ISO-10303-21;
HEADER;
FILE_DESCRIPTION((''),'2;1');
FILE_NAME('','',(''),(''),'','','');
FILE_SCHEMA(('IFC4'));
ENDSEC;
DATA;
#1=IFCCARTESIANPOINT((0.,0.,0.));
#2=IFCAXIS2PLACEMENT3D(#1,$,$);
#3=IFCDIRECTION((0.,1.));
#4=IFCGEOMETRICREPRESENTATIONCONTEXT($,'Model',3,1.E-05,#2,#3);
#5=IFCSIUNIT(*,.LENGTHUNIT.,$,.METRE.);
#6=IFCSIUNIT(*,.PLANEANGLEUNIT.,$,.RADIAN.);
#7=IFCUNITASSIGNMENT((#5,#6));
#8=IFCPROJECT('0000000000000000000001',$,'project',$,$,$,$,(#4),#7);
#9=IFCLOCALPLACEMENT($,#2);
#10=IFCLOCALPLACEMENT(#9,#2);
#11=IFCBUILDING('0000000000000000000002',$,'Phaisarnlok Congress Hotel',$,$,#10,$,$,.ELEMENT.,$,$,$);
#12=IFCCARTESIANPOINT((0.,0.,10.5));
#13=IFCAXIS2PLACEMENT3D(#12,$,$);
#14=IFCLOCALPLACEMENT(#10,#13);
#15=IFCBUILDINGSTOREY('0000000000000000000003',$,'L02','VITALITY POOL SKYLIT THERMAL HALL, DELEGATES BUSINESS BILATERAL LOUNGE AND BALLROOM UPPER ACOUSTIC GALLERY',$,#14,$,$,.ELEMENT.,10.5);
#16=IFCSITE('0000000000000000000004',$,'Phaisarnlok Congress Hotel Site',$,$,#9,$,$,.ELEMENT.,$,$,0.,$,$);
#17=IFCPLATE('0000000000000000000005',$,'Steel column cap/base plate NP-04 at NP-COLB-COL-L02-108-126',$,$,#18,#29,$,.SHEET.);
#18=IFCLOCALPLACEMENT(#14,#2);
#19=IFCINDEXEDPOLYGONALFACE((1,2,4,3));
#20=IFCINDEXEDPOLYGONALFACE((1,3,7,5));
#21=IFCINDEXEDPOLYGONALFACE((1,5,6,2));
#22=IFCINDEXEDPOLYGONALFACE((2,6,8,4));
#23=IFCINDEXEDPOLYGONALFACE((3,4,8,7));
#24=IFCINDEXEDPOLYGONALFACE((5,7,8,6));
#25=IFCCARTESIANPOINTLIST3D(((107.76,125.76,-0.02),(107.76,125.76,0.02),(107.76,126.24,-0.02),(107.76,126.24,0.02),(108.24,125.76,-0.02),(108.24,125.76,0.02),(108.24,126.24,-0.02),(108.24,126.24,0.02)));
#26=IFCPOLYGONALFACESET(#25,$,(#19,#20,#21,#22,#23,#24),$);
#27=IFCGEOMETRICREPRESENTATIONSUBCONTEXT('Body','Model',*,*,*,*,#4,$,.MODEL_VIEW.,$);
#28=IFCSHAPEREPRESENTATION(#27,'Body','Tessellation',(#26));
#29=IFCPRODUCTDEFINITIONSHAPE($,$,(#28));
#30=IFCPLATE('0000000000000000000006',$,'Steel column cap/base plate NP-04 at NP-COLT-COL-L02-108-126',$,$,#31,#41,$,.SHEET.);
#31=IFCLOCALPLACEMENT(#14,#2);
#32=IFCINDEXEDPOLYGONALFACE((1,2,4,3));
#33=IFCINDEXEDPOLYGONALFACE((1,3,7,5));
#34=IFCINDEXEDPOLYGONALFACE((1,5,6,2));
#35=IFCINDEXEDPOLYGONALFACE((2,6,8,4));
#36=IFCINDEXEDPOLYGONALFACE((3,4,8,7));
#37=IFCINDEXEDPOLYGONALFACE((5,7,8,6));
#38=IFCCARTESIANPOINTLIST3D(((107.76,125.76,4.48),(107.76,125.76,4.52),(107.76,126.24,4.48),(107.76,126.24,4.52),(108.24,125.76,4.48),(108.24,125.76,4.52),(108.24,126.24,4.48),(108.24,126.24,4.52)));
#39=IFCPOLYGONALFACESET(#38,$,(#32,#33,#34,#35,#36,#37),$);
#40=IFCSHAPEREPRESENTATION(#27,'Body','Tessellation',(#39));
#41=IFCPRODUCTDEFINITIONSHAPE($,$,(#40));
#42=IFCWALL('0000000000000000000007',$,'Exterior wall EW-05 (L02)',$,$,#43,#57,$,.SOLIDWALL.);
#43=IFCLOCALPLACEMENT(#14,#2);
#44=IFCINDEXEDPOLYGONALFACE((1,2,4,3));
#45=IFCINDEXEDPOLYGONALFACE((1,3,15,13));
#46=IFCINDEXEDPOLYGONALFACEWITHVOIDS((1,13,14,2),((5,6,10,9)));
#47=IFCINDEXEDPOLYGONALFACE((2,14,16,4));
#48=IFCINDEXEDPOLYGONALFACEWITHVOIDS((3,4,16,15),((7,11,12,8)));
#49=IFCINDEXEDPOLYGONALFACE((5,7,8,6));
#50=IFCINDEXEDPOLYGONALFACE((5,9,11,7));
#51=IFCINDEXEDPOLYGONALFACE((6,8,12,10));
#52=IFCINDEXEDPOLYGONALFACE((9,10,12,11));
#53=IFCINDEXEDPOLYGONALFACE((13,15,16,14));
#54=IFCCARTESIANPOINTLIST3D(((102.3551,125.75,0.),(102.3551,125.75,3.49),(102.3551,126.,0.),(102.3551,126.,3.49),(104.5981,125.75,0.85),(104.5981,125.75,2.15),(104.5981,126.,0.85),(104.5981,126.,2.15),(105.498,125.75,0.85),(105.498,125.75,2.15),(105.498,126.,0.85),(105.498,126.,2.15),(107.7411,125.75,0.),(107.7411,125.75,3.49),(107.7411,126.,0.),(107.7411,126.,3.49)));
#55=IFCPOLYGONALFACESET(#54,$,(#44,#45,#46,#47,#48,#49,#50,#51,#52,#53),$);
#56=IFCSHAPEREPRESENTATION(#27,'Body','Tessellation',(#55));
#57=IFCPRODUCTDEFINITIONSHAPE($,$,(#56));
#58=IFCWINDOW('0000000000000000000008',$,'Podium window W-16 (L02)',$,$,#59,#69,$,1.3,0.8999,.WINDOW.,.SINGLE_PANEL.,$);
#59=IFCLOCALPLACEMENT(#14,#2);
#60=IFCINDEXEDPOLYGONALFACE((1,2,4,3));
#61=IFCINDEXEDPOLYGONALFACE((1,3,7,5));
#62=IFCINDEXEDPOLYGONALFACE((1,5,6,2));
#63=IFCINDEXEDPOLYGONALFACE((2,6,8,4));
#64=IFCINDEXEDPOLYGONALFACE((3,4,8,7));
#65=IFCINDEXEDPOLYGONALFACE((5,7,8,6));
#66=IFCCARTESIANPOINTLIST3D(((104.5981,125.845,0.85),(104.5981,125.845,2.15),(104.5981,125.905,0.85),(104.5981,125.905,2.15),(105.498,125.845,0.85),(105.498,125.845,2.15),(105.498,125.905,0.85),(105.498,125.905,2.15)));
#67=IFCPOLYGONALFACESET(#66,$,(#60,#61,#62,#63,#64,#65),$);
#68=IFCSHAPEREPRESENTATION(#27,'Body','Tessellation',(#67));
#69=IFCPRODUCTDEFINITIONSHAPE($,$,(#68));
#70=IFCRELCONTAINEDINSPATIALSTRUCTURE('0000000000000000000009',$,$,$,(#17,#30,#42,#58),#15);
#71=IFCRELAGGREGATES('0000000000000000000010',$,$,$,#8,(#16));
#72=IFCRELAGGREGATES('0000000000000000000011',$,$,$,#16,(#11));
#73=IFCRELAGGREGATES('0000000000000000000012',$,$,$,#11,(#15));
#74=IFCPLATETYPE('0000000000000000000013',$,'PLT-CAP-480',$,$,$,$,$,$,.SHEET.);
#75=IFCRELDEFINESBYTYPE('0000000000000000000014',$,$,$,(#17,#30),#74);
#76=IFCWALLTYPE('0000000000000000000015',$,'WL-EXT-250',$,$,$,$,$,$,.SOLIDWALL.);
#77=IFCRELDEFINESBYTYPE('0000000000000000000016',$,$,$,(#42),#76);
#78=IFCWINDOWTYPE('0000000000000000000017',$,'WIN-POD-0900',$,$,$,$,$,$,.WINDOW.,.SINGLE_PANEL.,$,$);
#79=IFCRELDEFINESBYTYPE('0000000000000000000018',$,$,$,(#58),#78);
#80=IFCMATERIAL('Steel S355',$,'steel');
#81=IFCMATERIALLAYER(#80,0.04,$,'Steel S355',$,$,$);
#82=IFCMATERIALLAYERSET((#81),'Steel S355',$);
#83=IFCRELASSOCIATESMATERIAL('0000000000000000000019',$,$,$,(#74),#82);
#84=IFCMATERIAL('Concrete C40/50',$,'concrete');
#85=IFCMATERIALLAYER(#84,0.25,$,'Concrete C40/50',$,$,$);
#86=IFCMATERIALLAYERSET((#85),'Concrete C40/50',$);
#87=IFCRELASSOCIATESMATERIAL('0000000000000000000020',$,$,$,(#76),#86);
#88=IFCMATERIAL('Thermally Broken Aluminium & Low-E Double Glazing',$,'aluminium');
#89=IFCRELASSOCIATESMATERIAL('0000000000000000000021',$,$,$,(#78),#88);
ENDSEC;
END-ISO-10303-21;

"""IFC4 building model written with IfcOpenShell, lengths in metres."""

from ifc_helpers import new_model, si_unit, direction, frame, frame_2d, origin, origin_2d, place, context, subcontext, project, spatial, rectangle, extrude, material, layer, layer_set, type_object, element, fill, save


model = new_model("IFC4")

# Units and contexts
model_context = context("Model", 3, precision=1e-05, world=origin(), true_north=direction((0.0, 1.0)))
body_context = subcontext(model_context, "Body", "Model", "MODEL_VIEW")
ifc_project = project(units=[si_unit("LENGTHUNIT", "METRE"), si_unit("PLANEANGLEUNIT", "RADIAN")], contexts=[model_context])

# Site, building, storey
site_placement = place(None, origin())
site = spatial("IfcSite", under=ifc_project, at=site_placement, Name="Phaisarnlok Congress Hotel Site", CompositionType="ELEMENT", RefElevation=0.0)
building_placement = place(site_placement, origin())
building = spatial("IfcBuilding", under=site, at=building_placement, Name="Phaisarnlok Congress Hotel", CompositionType="ELEMENT")
storey_placement = place(building_placement, frame((0.0, 0.0, 10.5)))
storey = spatial("IfcBuildingStorey", under=building, at=storey_placement, Name="L02", Description="VITALITY POOL SKYLIT THERMAL HALL, DELEGATES BUSINESS BILATERAL LOUNGE AND BALLROOM UPPER ACOUSTIC GALLERY", CompositionType="ELEMENT", Elevation=10.5)

# Shared definitions
ifc_material_1 = material(Name="Steel S355", Category="steel")

# Shared definitions
ifc_material_2 = material(Name="Concrete C40/50", Category="concrete")

# Plates
ifc_layer_1 = layer(ifc_material_1, 0.04, Name="Steel S355")
ifc_layer_set_1 = layer_set([ifc_layer_1], Name="Steel S355")
plate_type_1 = type_object("IfcPlateType", Name="PLT-CAP-480", PredefinedType="SHEET", material=ifc_layer_set_1)
for number, where, z_axis, x_axis, name in (
    (1, (108.0, 126.0, -0.02), (0.0, 0.0, 1.0), (1.0, 0.0, 0.0), "Steel column cap/base plate NP-04 at NP-COLB-COL-L02-108-126"),
    (2, (108.0, 126.0, 4.48), (0.0, 0.0, 1.0), (1.0, 0.0, 0.0), "Steel column cap/base plate NP-04 at NP-COLT-COL-L02-108-126"),
):
    element("IfcPlate", number, at=place(storey_placement, frame(where, z_axis=z_axis, x_axis=x_axis)), inside=storey, type_object=plate_type_1, Name=name, PredefinedType="SHEET", context=body_context, shape_type="SweptSolid", body=[
        extrude(rectangle(XDim=0.48, YDim=0.48, at=origin_2d()), origin(), (0.0, 0.0, 1.0), 0.04),
    ])

# Wall, opening, window
ifc_layer_2 = layer(ifc_material_2, 0.25, Name="Concrete C40/50")
ifc_layer_set_2 = layer_set([ifc_layer_2], Name="Concrete C40/50")
wall_type = type_object("IfcWallType", Name="WL-EXT-250", PredefinedType="SOLIDWALL", material=ifc_layer_set_2)
wall_placement = place(storey_placement, frame((107.741, 125.875, 0.0), z_axis=(0.0, 0.0, 1.0), x_axis=(-1.0, 0.0, 0.0)))
wall = element("IfcWall", 3, at=wall_placement, inside=storey, type_object=wall_type, Name="Exterior wall EW-05 (L02)", PredefinedType="SOLIDWALL", context=body_context, shape_type="SweptSolid", body=[
    extrude(rectangle(XDim=5.386, YDim=0.25, at=frame_2d((2.6929, 0.0))), origin(), (0.0, 0.0, 1.0), 3.49),
])
opening_placement = place(wall_placement, frame((2.2429, 0.0, 0.8501)))
opening = element("IfcOpeningElement", 4, at=opening_placement, cuts=wall, PredefinedType="OPENING", context=body_context, shape_type="SweptSolid", body=[
    extrude(rectangle(XDim=0.8999, YDim=1.3, at=frame_2d((0.45, 0.6499))), frame((0.0, 0.135, 0.0), z_axis=(0.0, -1.0, 0.0), x_axis=(1.0, 0.0, 0.0)), (0.0, 0.0, 1.0), 0.27),
])
ifc_material_3 = material(Name="Thermally Broken Aluminium & Low-E Double Glazing", Category="aluminium")
window_type = type_object("IfcWindowType", Name="WIN-POD-0900", PartitioningType="SINGLE_PANEL", PredefinedType="WINDOW", material=ifc_material_3)
window_placement = place(opening_placement, origin())
window = element("IfcWindow", 5, at=window_placement, inside=storey, type_object=window_type, Name="Podium window W-16 (L02)", OverallHeight=1.3, OverallWidth=0.8999, PartitioningType="SINGLE_PANEL", PredefinedType="WINDOW", context=body_context, shape_type="SweptSolid", body=[
    extrude(rectangle(XDim=0.8999, YDim=1.3, at=frame_2d((0.45, 0.6499))), frame((0.0, 0.03, 0.0), z_axis=(0.0, -1.0, 0.0), x_axis=(1.0, 0.0, 0.0)), (0.0, 0.0, 1.0), 0.0601),
])
fill(opening, window)

save(model, "model.ifc")
